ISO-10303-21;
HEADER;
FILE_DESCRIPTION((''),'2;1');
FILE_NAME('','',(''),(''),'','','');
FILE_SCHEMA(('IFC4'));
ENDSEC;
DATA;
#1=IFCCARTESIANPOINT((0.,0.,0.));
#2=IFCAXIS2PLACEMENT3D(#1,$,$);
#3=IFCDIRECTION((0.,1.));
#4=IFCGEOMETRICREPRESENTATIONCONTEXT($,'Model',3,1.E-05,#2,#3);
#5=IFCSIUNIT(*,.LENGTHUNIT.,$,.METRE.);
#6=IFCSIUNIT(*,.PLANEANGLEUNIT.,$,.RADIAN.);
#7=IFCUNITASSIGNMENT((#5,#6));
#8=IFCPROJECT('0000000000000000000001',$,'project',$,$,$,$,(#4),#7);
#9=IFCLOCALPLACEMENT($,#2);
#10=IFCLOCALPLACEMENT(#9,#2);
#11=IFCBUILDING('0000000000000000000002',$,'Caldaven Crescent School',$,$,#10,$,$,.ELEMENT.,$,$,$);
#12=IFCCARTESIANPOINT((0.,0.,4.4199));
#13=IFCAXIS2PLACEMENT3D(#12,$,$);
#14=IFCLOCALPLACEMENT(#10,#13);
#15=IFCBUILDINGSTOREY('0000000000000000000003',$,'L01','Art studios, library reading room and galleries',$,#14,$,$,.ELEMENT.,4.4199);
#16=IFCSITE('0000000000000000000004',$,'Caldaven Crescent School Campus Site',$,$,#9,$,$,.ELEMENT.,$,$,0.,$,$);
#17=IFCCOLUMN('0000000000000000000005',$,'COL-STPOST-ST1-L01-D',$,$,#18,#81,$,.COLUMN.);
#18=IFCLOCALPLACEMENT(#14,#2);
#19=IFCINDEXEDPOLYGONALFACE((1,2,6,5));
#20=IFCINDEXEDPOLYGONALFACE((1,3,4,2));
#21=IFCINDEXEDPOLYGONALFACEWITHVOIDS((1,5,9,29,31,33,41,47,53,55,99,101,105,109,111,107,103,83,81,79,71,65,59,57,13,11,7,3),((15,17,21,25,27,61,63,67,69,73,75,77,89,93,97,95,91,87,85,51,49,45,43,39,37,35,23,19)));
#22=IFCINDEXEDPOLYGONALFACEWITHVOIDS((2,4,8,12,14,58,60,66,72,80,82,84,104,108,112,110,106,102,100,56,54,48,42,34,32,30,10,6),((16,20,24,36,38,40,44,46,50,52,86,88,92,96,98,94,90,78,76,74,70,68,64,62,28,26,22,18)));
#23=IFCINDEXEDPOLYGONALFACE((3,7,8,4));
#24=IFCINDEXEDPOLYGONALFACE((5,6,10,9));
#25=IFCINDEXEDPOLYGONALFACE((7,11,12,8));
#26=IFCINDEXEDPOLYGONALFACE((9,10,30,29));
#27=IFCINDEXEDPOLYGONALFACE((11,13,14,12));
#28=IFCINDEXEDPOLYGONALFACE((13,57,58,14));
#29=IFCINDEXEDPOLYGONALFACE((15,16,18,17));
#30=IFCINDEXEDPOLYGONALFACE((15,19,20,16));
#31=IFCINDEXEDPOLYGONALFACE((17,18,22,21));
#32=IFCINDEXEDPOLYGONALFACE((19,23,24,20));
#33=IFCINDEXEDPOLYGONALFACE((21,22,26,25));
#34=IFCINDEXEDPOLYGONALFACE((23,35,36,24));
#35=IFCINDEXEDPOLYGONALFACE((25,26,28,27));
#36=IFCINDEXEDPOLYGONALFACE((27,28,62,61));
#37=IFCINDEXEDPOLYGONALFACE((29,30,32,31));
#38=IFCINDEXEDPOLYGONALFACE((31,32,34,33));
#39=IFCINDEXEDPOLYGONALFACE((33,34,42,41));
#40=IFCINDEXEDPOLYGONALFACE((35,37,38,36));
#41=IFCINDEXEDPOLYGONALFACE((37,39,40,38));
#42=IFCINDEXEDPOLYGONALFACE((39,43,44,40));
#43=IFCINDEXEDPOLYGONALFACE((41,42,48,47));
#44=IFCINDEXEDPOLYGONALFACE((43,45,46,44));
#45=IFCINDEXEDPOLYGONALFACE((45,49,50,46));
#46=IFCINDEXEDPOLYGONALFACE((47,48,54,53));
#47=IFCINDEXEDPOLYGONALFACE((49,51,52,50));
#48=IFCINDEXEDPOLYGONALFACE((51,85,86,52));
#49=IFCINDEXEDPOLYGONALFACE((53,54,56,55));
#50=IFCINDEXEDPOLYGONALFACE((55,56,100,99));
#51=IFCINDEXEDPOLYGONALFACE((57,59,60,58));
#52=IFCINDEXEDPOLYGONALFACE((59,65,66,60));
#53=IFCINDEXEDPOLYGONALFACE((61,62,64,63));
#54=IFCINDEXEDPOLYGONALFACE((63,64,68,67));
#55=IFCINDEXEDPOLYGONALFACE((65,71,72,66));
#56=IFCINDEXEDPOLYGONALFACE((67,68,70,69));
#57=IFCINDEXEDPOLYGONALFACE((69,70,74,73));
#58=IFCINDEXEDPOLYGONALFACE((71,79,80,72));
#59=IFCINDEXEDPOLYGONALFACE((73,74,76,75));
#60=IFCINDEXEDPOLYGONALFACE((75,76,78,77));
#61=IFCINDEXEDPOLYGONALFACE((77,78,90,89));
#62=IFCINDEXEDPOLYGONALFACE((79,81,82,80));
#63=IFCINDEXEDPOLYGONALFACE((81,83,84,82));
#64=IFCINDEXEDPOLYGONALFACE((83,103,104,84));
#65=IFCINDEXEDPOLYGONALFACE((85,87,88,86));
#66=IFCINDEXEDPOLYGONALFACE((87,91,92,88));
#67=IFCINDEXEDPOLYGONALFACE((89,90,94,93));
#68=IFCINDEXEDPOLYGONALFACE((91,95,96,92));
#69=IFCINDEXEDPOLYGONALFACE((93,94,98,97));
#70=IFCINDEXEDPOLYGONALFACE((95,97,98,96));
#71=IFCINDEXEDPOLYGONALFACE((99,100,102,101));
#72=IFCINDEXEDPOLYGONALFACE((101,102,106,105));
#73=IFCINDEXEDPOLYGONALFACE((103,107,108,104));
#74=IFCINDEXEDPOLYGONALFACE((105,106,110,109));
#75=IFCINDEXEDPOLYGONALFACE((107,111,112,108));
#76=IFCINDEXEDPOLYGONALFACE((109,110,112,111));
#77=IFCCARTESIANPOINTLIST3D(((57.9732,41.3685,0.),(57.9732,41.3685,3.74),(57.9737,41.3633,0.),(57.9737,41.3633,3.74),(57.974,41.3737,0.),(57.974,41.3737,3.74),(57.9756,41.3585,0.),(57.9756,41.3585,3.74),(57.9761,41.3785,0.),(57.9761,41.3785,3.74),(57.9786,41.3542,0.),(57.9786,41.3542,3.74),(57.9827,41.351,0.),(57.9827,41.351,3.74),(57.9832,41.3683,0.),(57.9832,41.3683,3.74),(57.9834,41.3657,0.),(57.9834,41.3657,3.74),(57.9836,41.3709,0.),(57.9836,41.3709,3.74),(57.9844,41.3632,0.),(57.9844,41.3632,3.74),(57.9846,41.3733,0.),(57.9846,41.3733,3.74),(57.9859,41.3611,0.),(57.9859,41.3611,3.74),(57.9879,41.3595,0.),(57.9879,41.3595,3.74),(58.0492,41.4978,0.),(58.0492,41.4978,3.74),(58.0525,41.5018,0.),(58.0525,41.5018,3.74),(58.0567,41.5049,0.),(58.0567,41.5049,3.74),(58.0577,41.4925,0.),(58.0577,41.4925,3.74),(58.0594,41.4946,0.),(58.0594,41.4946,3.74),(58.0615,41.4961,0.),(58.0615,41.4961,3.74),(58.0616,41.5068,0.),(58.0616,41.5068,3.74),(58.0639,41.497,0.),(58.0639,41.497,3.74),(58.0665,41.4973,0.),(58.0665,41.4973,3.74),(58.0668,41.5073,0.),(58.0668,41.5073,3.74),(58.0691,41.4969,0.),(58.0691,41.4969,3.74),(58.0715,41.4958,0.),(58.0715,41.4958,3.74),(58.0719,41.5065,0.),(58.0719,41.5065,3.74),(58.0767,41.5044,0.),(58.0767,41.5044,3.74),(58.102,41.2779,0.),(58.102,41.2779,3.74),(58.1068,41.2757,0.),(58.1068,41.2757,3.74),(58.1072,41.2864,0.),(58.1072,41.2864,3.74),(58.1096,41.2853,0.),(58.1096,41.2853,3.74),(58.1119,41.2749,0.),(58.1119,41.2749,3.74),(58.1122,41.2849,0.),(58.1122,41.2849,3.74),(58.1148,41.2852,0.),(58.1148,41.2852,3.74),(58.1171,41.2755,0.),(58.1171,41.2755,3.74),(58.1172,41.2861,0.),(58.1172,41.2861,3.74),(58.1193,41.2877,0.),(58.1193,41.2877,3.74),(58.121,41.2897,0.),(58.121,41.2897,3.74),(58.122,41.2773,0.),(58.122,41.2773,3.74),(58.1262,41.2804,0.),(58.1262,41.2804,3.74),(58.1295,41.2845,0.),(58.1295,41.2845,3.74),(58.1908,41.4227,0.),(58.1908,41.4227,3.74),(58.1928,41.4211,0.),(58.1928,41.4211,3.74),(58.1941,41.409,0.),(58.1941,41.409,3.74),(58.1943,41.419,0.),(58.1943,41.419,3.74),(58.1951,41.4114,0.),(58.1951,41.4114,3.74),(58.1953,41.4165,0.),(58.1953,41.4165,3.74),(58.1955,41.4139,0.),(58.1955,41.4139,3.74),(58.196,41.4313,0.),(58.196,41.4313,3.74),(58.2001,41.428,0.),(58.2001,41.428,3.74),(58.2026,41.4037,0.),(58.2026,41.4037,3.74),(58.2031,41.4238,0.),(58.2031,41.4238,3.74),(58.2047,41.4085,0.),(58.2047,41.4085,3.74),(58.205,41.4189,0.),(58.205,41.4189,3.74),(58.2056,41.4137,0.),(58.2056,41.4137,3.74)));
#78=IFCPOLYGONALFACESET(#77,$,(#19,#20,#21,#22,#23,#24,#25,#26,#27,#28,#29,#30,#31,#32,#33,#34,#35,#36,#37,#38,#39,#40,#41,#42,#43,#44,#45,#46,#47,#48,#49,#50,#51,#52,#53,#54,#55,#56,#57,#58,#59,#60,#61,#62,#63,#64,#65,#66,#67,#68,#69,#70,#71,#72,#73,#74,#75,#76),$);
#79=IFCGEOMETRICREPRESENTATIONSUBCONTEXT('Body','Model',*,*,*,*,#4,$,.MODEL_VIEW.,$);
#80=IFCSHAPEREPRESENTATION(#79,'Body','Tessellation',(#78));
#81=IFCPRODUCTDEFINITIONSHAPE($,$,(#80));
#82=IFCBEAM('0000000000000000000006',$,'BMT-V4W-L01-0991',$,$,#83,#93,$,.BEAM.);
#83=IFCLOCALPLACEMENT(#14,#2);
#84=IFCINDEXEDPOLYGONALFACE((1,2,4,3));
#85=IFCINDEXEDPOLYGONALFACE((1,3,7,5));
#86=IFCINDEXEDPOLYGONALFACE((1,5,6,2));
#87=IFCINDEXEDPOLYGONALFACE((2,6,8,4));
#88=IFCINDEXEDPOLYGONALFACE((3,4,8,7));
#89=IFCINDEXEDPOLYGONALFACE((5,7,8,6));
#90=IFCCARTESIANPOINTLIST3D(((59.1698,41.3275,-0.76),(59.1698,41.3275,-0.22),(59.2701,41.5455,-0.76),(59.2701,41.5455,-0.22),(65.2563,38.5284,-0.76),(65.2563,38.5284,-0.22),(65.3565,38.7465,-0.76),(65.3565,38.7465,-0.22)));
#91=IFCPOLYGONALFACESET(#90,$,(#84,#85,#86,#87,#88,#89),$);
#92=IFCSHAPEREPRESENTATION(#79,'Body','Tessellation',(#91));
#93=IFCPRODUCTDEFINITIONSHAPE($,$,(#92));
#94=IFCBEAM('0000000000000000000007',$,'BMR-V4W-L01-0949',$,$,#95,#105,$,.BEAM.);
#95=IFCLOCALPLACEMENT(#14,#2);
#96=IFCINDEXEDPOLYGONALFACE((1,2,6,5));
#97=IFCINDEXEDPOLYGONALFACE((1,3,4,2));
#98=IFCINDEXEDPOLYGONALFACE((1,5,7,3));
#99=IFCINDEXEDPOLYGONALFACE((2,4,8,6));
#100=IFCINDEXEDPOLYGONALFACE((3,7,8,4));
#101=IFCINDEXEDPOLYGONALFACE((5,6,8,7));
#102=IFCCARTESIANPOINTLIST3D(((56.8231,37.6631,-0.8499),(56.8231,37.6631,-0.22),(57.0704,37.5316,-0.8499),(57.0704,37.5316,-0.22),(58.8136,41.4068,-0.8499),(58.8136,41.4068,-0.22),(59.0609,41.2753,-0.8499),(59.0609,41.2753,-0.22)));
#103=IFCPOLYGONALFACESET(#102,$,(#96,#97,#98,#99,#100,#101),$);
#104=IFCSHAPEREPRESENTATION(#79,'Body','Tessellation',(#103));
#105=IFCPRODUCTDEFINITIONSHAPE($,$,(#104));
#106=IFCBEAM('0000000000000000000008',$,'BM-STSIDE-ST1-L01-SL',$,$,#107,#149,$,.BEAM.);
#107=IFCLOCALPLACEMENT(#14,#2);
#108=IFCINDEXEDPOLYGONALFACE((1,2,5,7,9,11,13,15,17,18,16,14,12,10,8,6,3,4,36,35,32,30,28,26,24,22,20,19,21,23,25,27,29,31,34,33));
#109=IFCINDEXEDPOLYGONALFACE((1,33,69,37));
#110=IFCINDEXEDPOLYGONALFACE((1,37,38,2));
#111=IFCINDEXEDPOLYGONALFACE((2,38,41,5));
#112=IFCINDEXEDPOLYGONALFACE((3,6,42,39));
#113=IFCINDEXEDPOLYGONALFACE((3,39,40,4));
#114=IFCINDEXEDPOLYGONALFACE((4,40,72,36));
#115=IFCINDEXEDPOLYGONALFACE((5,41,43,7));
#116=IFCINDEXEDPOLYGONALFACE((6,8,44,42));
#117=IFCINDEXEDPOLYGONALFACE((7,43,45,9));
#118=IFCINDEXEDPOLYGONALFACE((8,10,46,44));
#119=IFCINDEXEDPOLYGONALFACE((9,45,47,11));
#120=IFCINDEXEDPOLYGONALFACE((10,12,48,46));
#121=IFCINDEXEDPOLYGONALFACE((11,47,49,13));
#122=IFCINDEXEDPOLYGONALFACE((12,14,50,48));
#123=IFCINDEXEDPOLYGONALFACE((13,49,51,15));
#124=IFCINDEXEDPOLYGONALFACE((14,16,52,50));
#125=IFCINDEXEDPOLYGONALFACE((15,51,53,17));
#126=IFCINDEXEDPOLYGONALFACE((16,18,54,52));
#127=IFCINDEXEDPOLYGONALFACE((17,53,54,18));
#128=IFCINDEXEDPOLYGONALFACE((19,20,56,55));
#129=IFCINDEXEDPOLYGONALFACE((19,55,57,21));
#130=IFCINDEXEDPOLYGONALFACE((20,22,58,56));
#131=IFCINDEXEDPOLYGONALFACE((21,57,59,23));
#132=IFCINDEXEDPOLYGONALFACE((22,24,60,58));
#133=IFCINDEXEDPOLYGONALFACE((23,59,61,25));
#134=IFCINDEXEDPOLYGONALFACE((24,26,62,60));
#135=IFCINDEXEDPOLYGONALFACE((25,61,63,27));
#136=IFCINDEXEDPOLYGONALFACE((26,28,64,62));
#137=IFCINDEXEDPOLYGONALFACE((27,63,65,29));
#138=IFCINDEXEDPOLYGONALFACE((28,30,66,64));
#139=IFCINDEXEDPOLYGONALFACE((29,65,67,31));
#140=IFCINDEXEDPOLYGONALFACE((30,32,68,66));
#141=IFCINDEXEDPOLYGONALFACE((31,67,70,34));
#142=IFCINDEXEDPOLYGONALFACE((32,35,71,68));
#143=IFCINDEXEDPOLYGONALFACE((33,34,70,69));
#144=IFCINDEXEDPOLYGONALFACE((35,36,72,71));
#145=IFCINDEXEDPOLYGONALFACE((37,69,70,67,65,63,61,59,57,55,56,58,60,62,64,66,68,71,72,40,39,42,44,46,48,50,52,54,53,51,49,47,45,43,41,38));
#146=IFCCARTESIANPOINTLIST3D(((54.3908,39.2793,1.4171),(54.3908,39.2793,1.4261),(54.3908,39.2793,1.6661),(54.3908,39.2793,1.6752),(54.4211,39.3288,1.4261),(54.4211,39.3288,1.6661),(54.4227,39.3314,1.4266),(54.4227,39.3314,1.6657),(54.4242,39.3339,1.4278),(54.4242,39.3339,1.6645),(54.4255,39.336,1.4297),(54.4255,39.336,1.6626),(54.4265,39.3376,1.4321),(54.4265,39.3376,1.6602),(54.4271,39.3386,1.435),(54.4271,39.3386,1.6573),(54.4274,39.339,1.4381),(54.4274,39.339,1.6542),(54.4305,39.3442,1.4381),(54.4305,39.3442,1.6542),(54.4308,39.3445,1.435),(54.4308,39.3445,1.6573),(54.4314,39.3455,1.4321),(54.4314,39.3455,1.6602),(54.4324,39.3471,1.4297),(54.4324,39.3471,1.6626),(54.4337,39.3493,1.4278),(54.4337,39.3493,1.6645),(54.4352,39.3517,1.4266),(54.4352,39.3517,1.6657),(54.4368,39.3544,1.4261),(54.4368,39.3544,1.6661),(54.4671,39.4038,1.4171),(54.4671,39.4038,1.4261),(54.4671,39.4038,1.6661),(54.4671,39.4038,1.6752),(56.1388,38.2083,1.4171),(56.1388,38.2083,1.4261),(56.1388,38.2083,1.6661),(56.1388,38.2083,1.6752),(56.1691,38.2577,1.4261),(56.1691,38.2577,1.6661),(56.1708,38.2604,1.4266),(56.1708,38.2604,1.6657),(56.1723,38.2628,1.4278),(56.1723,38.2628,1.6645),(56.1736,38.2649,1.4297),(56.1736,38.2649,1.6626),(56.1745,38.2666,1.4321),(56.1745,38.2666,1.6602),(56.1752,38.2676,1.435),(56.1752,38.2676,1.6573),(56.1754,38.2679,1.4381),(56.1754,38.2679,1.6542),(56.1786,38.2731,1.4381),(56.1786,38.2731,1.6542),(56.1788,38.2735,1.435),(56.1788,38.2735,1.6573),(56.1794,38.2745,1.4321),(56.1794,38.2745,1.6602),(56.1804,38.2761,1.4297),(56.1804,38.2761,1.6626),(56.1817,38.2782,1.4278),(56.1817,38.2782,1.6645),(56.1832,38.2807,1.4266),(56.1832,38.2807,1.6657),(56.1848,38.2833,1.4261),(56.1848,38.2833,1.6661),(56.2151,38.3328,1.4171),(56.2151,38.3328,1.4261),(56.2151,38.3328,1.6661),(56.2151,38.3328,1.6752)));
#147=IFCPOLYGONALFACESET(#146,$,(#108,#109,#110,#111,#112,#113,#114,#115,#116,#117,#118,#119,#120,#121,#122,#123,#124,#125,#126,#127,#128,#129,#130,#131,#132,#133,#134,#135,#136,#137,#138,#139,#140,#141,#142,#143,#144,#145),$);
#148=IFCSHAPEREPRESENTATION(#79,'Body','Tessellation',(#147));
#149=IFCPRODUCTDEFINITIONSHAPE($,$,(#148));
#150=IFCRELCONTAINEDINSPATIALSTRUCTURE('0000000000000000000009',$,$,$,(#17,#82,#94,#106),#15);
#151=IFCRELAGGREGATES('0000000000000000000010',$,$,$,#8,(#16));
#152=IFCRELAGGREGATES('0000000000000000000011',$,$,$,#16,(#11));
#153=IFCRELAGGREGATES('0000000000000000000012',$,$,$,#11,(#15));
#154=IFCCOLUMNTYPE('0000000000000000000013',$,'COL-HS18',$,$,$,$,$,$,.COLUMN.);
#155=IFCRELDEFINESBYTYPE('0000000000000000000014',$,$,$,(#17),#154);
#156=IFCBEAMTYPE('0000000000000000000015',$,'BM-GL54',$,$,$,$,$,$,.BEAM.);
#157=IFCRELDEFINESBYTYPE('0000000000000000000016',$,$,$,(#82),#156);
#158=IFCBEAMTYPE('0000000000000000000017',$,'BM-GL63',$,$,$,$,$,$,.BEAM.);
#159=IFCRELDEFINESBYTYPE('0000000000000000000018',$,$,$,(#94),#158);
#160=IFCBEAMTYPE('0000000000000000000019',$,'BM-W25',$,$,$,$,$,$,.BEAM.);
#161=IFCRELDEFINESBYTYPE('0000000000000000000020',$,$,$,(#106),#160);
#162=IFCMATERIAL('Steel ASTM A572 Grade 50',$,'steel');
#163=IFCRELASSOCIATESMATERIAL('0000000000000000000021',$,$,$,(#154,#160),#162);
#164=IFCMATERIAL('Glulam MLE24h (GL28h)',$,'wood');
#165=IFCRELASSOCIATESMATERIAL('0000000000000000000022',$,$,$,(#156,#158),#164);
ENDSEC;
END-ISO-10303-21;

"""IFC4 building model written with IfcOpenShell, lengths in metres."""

from ifc_helpers import new_model, si_unit, direction, frame, origin, origin_2d, place, context, subcontext, project, spatial, rectangle, hollow_rectangle, i_section, extrude, material, material_profile, profile_set, type_object, element, save


model = new_model("IFC4")

# Units and contexts
model_context = context("Model", 3, precision=1e-05, world=origin(), true_north=direction((0.0, 1.0)))
body_context = subcontext(model_context, "Body", "Model", "MODEL_VIEW")
ifc_project = project(units=[si_unit("LENGTHUNIT", "METRE"), si_unit("PLANEANGLEUNIT", "RADIAN")], contexts=[model_context])

# Site, building, storey
site_placement = place(None, origin())
site = spatial("IfcSite", under=ifc_project, at=site_placement, Name="Caldaven Crescent School Campus Site", CompositionType="ELEMENT", RefElevation=0.0)
building_placement = place(site_placement, origin())
building = spatial("IfcBuilding", under=site, at=building_placement, Name="Caldaven Crescent School", CompositionType="ELEMENT")
storey_placement = place(building_placement, frame((0.0, 0.0, 4.4199)))
storey = spatial("IfcBuildingStorey", under=building, at=storey_placement, Name="L01", Description="Art studios, library reading room and galleries", CompositionType="ELEMENT", Elevation=4.4199)

# Column
ifc_material_1 = material(Name="Glulam MLE24h (GL28h)", Category="wood")
ifc_material_2 = material(Name="Steel ASTM A572 Grade 50", Category="steel")
ifc_material_profile_1 = material_profile(ifc_material_2, hollow_rectangle(XDim=0.1799, YDim=0.1799, WallThickness=0.01, InnerFilletRadius=0.01, OuterFilletRadius=0.02, at=origin_2d()), Name="HSS 180x180x10")
ifc_profile_set_1 = profile_set([ifc_material_profile_1], Name="Steel ASTM A572 Grade 50")
column_type_1 = type_object("IfcColumnType", Name="COL-HS18", PredefinedType="COLUMN", material=ifc_profile_set_1)
for number, where, z_axis, x_axis, name in (
    (1, (58.0894, 41.3911, 0.0), (0.0, 0.0, 1.0), (0.85264, -0.522499, 0.0), "COL-STPOST-ST1-L01-D"),
):
    element("IfcColumn", number, at=place(storey_placement, frame(where, z_axis=z_axis, x_axis=x_axis)), inside=storey, type_object=column_type_1, Name=name, PredefinedType="COLUMN", context=body_context, shape_type="SweptSolid", body=[
        extrude(hollow_rectangle(XDim=0.1799, YDim=0.1799, WallThickness=0.01, InnerFilletRadius=0.01, OuterFilletRadius=0.02, at=origin_2d()), origin(), (0.0, 0.0, 1.0), 3.74),
    ])

# Beams
ifc_material_profile_2 = material_profile(ifc_material_1, rectangle(XDim=0.24, YDim=0.54, at=origin_2d()), Name="MLE 240x540")
ifc_profile_set_2 = profile_set([ifc_material_profile_2], Name="Glulam MLE24h (GL28h)")
beam_type_1 = type_object("IfcBeamType", Name="BM-GL54", PredefinedType="BEAM", material=ifc_profile_set_2)
beam_1_placement = place(storey_placement, frame((59.22, 41.4365, -0.49), z_axis=(0.908529, -0.417821, 0.0), x_axis=(0.417821, 0.908529, 0.0)))
element("IfcBeam", 2, at=beam_1_placement, inside=storey, type_object=beam_type_1, Name="BMT-V4W-L01-0991", PredefinedType="BEAM", context=body_context, shape_type="SweptSolid", body=[
    extrude(rectangle(XDim=0.24, YDim=0.54, at=origin_2d()), origin(), (0.0, 0.0, 1.0), 6.6992),
])
ifc_material_profile_3 = material_profile(ifc_material_1, rectangle(XDim=0.28, YDim=0.6299, at=origin_2d()), Name="MLE 280x630")
ifc_profile_set_3 = profile_set([ifc_material_profile_3], Name="Glulam MLE24h (GL28h)")
beam_type_2 = type_object("IfcBeamType", Name="BM-GL63", PredefinedType="BEAM", material=ifc_profile_set_3)
beam_2_placement = place(storey_placement, frame((58.9373, 41.3411, -0.5349), z_axis=(-0.469461, -0.882953, 0.0), x_axis=(0.882953, -0.469461, 0.0)))
element("IfcBeam", 3, at=beam_2_placement, inside=storey, type_object=beam_type_2, Name="BMR-V4W-L01-0949", PredefinedType="BEAM", context=body_context, shape_type="SweptSolid", body=[
    extrude(rectangle(XDim=0.28, YDim=0.6299, at=origin_2d()), origin(), (0.0, 0.0, 1.0), 4.24),
])
ifc_material_profile_4 = material_profile(ifc_material_2, i_section(OverallWidth=0.146, OverallDepth=0.2581, WebThickness=0.0061, FlangeThickness=0.009, FilletRadius=0.012, at=origin_2d()), Name="W250x33")
ifc_profile_set_4 = profile_set([ifc_material_profile_4], Name="Steel ASTM A572 Grade 50")
beam_type_3 = type_object("IfcBeamType", Name="BM-W25", PredefinedType="BEAM", material=ifc_profile_set_4)
beam_3_placement = place(storey_placement, frame((54.429, 39.3416, 1.5461), z_axis=(0.852675, -0.522442, 0.0), x_axis=(0.522442, 0.852675, 0.0)))
element("IfcBeam", 4, at=beam_3_placement, inside=storey, type_object=beam_type_3, Name="BM-STSIDE-ST1-L01-SL", PredefinedType="BEAM", context=body_context, shape_type="SweptSolid", body=[
    extrude(i_section(OverallWidth=0.146, OverallDepth=0.2581, WebThickness=0.0061, FlangeThickness=0.009, FilletRadius=0.012, at=origin_2d()), origin(), (0.0, 0.0, 1.0), 2.05),
])

save(model, "model.ifc")
